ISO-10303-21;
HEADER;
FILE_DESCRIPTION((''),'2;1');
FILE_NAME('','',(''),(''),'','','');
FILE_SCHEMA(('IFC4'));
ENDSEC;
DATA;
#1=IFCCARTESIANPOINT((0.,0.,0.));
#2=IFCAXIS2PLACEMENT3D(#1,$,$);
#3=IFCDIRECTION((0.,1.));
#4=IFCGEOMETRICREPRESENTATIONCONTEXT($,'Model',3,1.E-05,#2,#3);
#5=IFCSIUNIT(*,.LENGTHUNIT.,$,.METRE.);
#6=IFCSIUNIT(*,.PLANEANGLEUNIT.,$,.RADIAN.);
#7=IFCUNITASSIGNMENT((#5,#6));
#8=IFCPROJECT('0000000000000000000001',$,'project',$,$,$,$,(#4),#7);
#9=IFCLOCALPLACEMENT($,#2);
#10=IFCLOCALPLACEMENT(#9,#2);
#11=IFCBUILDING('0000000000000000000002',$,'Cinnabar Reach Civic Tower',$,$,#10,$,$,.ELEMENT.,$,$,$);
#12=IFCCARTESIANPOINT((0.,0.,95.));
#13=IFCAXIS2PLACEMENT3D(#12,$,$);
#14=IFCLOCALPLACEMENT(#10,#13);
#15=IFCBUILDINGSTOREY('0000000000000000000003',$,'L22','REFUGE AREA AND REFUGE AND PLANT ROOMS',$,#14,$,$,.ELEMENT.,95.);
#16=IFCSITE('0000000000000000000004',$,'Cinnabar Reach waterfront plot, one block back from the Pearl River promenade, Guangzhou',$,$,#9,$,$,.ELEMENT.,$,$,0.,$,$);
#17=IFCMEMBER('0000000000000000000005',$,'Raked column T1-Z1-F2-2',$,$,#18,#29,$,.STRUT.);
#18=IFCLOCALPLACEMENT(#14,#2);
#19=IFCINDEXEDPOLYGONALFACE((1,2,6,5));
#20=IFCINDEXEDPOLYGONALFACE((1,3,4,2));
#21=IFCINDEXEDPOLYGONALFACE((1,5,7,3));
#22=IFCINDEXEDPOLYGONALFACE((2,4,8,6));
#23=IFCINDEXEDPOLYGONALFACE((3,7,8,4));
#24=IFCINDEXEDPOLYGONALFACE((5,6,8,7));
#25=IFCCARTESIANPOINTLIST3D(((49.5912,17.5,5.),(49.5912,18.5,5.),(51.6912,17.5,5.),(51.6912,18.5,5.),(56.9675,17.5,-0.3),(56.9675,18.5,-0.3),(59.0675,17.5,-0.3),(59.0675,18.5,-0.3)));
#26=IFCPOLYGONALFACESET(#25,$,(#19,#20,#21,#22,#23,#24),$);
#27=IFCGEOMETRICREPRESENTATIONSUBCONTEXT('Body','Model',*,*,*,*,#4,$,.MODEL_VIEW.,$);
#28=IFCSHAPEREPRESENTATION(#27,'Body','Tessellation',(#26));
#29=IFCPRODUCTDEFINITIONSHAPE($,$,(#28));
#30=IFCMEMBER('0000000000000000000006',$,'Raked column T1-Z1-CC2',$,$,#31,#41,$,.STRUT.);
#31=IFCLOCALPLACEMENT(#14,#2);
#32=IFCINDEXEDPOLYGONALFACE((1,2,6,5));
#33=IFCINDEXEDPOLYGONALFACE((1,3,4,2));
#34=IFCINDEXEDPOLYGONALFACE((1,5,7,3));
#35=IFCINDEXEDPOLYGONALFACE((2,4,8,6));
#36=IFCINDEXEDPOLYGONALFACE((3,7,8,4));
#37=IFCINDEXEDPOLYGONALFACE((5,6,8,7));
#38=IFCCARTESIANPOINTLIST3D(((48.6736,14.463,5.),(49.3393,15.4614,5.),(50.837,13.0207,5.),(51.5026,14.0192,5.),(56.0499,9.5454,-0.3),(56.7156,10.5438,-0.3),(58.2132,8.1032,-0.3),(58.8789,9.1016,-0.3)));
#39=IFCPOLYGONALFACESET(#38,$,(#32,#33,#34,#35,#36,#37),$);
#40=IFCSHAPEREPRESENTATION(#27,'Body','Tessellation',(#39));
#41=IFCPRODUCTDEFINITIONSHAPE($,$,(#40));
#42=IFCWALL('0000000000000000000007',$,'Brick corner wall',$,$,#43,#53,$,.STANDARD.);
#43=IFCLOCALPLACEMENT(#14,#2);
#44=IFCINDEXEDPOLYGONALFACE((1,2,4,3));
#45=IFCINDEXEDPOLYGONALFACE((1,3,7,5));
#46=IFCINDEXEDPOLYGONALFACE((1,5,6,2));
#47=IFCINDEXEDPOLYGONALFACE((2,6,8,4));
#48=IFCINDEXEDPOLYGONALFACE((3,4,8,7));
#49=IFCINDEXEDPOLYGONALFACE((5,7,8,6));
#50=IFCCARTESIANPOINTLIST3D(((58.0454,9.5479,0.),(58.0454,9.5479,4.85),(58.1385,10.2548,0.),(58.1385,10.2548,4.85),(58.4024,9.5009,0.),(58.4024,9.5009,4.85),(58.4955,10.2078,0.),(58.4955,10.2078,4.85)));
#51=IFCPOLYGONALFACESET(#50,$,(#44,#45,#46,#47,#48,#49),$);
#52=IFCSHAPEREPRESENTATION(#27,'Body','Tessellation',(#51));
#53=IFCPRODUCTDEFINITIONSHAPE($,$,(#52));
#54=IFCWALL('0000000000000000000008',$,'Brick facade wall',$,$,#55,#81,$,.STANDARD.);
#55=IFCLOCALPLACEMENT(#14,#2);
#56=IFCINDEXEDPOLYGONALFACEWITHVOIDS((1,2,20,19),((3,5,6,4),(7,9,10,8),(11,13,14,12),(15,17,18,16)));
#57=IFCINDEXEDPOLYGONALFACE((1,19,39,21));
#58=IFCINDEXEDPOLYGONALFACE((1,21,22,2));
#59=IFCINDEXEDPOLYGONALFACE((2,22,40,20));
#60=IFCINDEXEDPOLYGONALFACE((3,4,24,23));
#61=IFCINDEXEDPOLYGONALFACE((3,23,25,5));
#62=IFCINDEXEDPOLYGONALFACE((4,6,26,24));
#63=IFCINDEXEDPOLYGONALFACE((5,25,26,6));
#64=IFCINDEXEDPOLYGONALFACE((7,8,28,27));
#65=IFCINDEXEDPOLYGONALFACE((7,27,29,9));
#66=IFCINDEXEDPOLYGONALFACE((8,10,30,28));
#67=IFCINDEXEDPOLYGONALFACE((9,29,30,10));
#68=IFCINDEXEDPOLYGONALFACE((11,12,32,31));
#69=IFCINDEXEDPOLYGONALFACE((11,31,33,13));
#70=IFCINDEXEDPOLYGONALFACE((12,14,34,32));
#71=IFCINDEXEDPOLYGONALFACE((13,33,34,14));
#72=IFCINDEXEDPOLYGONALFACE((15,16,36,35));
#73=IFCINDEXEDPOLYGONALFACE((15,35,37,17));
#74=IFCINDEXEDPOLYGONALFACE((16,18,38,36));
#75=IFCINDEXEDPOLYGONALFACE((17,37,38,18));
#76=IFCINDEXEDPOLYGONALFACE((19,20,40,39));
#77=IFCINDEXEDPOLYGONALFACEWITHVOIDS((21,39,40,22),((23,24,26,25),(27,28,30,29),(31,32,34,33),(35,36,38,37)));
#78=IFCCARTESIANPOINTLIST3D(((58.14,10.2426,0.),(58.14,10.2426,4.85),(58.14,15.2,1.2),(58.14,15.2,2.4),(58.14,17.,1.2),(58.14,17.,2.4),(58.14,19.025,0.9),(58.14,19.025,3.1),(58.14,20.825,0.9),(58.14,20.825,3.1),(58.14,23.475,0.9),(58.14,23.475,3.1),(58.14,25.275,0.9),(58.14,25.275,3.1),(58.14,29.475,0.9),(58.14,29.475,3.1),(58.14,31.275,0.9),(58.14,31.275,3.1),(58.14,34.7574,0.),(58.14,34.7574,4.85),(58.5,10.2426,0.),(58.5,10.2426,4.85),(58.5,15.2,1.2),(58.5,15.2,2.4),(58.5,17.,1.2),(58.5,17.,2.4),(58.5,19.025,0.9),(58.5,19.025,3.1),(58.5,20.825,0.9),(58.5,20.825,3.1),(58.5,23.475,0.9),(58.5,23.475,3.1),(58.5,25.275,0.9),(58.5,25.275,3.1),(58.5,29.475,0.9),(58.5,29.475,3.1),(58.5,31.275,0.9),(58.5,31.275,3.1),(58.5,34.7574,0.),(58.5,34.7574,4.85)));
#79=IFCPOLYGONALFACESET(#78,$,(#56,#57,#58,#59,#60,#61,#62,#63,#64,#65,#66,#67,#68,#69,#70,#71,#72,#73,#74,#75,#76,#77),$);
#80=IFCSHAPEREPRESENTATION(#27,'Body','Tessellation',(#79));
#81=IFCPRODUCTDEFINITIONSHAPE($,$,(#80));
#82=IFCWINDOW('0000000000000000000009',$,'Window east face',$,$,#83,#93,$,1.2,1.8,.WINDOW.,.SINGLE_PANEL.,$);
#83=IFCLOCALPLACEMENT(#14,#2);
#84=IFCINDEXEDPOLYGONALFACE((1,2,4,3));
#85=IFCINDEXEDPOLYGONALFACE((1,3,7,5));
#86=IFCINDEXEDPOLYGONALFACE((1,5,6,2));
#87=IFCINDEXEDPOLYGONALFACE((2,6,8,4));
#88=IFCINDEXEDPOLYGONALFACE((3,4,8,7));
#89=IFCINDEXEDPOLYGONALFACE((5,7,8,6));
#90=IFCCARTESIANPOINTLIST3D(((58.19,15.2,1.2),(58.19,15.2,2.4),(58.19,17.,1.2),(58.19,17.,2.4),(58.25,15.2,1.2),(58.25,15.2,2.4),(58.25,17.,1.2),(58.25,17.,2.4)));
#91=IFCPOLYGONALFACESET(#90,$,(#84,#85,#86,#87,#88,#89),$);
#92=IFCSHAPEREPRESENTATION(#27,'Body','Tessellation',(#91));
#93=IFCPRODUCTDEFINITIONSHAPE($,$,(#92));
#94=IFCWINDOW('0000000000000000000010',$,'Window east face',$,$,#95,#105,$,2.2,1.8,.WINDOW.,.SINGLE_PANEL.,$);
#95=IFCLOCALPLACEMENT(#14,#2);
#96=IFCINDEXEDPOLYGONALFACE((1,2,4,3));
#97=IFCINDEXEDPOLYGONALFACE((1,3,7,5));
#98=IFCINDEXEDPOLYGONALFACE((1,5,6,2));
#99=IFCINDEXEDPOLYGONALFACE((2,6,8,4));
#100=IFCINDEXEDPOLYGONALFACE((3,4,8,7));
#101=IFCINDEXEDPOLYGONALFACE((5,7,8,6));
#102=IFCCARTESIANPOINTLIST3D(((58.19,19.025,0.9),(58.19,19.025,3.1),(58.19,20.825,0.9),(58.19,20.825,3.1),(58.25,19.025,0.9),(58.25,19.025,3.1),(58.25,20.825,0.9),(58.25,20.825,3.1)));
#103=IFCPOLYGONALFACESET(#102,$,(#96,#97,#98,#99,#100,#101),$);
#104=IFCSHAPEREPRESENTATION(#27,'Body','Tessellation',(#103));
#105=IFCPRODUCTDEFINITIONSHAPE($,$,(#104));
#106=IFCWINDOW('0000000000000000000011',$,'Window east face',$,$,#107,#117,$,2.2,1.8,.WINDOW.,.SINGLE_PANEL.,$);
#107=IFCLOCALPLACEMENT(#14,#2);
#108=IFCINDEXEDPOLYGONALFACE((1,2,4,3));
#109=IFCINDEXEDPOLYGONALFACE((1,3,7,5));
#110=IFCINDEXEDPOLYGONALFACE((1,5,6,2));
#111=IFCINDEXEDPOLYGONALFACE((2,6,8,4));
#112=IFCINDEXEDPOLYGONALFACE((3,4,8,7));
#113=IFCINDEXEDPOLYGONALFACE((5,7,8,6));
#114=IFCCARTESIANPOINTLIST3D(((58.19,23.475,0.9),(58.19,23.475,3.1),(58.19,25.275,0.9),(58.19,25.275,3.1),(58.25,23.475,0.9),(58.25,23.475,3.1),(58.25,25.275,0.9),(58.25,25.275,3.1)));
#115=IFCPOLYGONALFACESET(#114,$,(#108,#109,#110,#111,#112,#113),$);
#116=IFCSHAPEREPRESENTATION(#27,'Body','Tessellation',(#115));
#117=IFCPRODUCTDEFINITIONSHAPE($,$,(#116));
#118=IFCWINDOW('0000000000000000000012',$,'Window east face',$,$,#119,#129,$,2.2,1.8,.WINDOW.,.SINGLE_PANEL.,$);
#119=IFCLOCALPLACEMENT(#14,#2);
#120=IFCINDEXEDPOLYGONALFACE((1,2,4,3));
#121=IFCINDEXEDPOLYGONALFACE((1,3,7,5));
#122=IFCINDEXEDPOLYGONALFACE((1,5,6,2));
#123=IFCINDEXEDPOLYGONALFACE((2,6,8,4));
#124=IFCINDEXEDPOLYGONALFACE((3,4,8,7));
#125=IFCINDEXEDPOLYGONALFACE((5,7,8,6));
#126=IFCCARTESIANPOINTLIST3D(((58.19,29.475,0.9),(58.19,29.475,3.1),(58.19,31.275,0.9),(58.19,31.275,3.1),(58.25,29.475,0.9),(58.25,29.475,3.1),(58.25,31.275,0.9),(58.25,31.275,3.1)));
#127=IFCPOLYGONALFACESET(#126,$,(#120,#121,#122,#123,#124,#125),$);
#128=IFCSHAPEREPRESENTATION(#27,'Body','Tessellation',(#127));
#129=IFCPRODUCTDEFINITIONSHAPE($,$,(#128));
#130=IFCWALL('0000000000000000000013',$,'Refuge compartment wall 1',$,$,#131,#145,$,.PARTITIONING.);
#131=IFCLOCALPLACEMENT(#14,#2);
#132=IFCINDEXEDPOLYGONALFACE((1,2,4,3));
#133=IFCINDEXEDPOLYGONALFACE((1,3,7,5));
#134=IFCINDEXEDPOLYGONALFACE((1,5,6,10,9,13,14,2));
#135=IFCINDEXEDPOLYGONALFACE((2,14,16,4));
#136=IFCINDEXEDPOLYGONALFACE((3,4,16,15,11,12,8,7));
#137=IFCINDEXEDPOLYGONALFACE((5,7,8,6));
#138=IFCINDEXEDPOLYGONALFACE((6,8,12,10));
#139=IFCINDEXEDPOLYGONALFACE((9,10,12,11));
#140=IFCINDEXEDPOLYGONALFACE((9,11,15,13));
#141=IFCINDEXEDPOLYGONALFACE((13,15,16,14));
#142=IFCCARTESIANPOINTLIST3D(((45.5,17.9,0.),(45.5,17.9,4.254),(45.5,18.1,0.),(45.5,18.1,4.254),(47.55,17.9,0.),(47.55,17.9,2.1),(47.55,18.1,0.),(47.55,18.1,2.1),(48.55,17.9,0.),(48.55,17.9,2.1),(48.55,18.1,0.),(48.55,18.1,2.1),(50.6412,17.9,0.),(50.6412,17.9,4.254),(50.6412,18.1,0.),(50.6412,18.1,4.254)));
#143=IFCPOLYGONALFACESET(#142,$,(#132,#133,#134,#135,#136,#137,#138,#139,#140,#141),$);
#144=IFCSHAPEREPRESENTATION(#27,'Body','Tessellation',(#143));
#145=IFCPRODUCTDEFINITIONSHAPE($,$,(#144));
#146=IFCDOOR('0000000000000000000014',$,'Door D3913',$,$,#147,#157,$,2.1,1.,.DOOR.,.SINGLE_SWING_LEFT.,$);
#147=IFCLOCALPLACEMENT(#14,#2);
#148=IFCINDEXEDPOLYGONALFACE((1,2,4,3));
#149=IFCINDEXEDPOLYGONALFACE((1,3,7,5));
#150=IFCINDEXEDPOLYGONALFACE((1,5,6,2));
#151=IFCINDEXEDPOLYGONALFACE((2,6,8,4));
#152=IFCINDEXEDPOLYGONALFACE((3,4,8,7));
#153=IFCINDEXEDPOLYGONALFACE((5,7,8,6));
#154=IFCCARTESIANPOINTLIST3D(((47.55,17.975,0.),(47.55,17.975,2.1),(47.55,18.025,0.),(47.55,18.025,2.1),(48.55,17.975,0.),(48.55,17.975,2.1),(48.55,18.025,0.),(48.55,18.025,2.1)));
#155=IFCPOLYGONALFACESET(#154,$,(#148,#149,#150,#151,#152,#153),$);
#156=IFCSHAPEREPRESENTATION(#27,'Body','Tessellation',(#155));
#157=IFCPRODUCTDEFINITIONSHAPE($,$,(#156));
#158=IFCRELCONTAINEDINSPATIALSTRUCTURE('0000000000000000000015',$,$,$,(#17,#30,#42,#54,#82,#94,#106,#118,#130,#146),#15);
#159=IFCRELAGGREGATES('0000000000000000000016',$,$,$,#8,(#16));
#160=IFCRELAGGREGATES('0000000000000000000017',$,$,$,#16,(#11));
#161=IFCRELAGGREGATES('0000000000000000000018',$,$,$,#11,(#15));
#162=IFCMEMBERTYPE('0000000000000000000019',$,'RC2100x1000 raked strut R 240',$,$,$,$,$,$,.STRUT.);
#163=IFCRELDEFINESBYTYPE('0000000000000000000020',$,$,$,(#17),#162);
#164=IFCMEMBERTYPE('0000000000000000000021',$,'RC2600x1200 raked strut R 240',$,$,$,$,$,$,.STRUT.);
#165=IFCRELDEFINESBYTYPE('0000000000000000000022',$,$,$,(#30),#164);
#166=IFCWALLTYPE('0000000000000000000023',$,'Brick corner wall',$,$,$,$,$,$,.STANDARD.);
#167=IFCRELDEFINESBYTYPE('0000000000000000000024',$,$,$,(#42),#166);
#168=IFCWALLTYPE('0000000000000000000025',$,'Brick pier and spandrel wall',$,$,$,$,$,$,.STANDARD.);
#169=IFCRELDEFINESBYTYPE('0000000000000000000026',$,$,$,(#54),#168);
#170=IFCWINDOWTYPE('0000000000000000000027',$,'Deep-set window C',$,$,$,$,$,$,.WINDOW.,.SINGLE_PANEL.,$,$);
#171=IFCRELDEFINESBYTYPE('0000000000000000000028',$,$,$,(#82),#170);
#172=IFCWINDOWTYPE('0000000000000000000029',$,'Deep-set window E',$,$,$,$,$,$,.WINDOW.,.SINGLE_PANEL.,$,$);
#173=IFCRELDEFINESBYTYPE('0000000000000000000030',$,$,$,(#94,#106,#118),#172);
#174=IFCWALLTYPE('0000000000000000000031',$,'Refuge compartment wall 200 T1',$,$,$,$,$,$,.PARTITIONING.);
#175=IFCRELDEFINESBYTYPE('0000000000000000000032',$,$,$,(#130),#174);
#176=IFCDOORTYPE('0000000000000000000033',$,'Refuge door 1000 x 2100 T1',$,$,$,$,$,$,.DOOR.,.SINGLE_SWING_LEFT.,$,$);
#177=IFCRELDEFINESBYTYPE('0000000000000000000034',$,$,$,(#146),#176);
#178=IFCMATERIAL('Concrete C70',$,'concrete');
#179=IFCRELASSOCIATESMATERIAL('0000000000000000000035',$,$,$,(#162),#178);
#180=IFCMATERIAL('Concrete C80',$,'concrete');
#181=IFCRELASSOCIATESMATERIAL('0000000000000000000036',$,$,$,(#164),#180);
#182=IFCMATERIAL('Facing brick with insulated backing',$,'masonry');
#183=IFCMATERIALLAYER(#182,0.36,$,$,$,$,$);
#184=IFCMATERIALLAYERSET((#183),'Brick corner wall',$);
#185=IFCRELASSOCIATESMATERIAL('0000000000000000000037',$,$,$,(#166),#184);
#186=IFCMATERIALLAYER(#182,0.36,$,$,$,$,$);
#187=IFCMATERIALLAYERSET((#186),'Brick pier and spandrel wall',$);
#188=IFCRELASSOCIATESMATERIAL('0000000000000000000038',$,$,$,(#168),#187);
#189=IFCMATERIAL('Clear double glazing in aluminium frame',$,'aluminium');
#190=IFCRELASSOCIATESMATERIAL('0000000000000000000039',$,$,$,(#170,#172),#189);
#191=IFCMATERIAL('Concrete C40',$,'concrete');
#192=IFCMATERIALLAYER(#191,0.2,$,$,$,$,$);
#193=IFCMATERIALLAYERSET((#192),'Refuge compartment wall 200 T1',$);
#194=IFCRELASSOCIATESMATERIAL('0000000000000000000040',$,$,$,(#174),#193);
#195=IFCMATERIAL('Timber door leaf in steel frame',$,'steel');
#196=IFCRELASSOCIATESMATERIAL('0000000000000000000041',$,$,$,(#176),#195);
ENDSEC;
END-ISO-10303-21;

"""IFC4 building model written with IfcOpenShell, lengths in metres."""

from ifc_helpers import new_model, si_unit, direction, frame, frame_2d, origin, origin_2d, place, context, subcontext, project, spatial, rectangle, extrude, material, layer, layer_set, material_profile, profile_set, type_object, element, fill, save


model = new_model("IFC4")

# Units and contexts
model_context = context("Model", 3, precision=1e-05, world=origin(), true_north=direction((0.0, 1.0)))
body_context = subcontext(model_context, "Body", "Model", "MODEL_VIEW")
ifc_project = project(units=[si_unit("LENGTHUNIT", "METRE"), si_unit("PLANEANGLEUNIT", "RADIAN")], contexts=[model_context])

# Site, building, storey
site_placement = place(None, origin())
site = spatial("IfcSite", under=ifc_project, at=site_placement, Name="Cinnabar Reach waterfront plot, one block back from the Pearl River promenade, Guangzhou", CompositionType="ELEMENT", RefElevation=0.0)
building_placement = place(site_placement, origin())
building = spatial("IfcBuilding", under=site, at=building_placement, Name="Cinnabar Reach Civic Tower", CompositionType="ELEMENT")
storey_placement = place(building_placement, frame((0.0, 0.0, 95.0)))
storey = spatial("IfcBuildingStorey", under=building, at=storey_placement, Name="L22", Description="REFUGE AREA AND REFUGE AND PLANT ROOMS", CompositionType="ELEMENT", Elevation=95.0)

# Shared definitions
ifc_material_1 = material(Name="Concrete C70", Category="concrete")
ifc_material_2 = material(Name="Concrete C80", Category="concrete")

# Members
ifc_material_profile_1 = material_profile(ifc_material_1, rectangle(XDim=2.1, YDim=1.0, at=origin_2d()), Name="RC2100x1000")
ifc_profile_set_1 = profile_set([ifc_material_profile_1], Name="Concrete C70")
member_type_1 = type_object("IfcMemberType", Name="RC2100x1000 raked strut R 240", PredefinedType="STRUT", material=ifc_profile_set_1)
member_1_placement = place(storey_placement, frame((58.0175, 18.0, -0.3), z_axis=(0.0, 0.0, 1.0), x_axis=(-1.0, 0.0, 0.0)))
element("IfcMember", 1, at=member_1_placement, inside=storey, type_object=member_type_1, Name="Raked column T1-Z1-F2-2", PredefinedType="STRUT", context=body_context, shape_type="SweptSolid", body=[
    extrude(rectangle(XDim=2.1, YDim=1.0, at=origin_2d()), origin(), (0.812105, 0.0, 0.583511), 9.0829),
])
ifc_material_profile_2 = material_profile(ifc_material_2, rectangle(XDim=2.6, YDim=1.2, at=origin_2d()), Name="RC2600x1200")
ifc_profile_set_2 = profile_set([ifc_material_profile_2], Name="Concrete C80")
member_type_2 = type_object("IfcMemberType", Name="RC2600x1200 raked strut R 240", PredefinedType="STRUT", material=ifc_profile_set_2)
member_2_placement = place(storey_placement, frame((57.4644, 9.3235, -0.3), z_axis=(0.0, 0.0, 1.0), x_axis=(-0.832051, 0.554699, 0.0)))
element("IfcMember", 2, at=member_2_placement, inside=storey, type_object=member_type_2, Name="Raked column T1-Z1-CC2", PredefinedType="STRUT", context=body_context, shape_type="SweptSolid", body=[
    extrude(rectangle(XDim=2.6, YDim=1.2, at=origin_2d()), origin(), (0.85831, -0.000006, 0.513132), 10.3287),
])

# Wall
ifc_material_3 = material(Name="Facing brick with insulated backing", Category="masonry")
ifc_layer_1 = layer(ifc_material_3, 0.36)
ifc_layer_set_1 = layer_set([ifc_layer_1], Name="Brick corner wall")
wall_type_1 = type_object("IfcWallType", Name="Brick corner wall", PredefinedType="STANDARD", material=ifc_layer_set_1)
wall_1_placement = place(storey_placement, frame((58.2239, 9.5244, 0.0), z_axis=(0.0, 0.0, 1.0), x_axis=(0.130556, 0.991441, 0.0)))
element("IfcWall", 3, at=wall_1_placement, inside=storey, type_object=wall_type_1, Name="Brick corner wall", PredefinedType="STANDARD", context=body_context, shape_type="SweptSolid", body=[
    extrude(rectangle(XDim=0.7131, YDim=0.36, at=frame_2d((0.3565, 0.0))), origin(), (0.0, 0.0, 1.0), 4.85),
])

# Wall, openings, windows
ifc_layer_2 = layer(ifc_material_3, 0.36)
ifc_layer_set_2 = layer_set([ifc_layer_2], Name="Brick pier and spandrel wall")
wall_type_2 = type_object("IfcWallType", Name="Brick pier and spandrel wall", PredefinedType="STANDARD", material=ifc_layer_set_2)
wall_2_placement = place(storey_placement, frame((58.32, 10.2426, 0.0), z_axis=(0.0, 0.0, 1.0), x_axis=(0.0, 1.0, 0.0)))
wall_2 = element("IfcWall", 4, at=wall_2_placement, inside=storey, type_object=wall_type_2, Name="Brick facade wall", PredefinedType="STANDARD", context=body_context, shape_type="SweptSolid", body=[
    extrude(rectangle(XDim=24.5148, YDim=0.36, at=frame_2d((12.2574, 0.0))), origin(), (0.0, 0.0, 1.0), 4.85),
])
opening_1_placement = place(wall_2_placement, frame((4.9574, 0.0, 1.2)))
opening_1 = element("IfcOpeningElement", 5, at=opening_1_placement, cuts=wall_2, PredefinedType="OPENING", context=body_context, shape_type="SweptSolid", body=[
    extrude(rectangle(XDim=1.8, YDim=1.2, at=frame_2d((0.9, 0.6))), frame((0.0, 0.19, 0.0), z_axis=(0.0, -1.0, 0.0), x_axis=(1.0, 0.0, 0.0)), (0.0, 0.0, 1.0), 0.38),
])
opening_2_placement = place(wall_2_placement, frame((8.7824, 0.0, 0.9)))
opening_2 = element("IfcOpeningElement", 6, at=opening_2_placement, cuts=wall_2, PredefinedType="OPENING", context=body_context, shape_type="SweptSolid", body=[
    extrude(rectangle(XDim=1.8, YDim=2.2, at=frame_2d((0.9, 1.1))), frame((0.0, 0.19, 0.0), z_axis=(0.0, -1.0, 0.0), x_axis=(1.0, 0.0, 0.0)), (0.0, 0.0, 1.0), 0.38),
])
opening_3_placement = place(wall_2_placement, frame((13.2324, 0.0, 0.9)))
opening_3 = element("IfcOpeningElement", 7, at=opening_3_placement, cuts=wall_2, PredefinedType="OPENING", context=body_context, shape_type="SweptSolid", body=[
    extrude(rectangle(XDim=1.8, YDim=2.2, at=frame_2d((0.9, 1.1))), frame((0.0, 0.19, 0.0), z_axis=(0.0, -1.0, 0.0), x_axis=(1.0, 0.0, 0.0)), (0.0, 0.0, 1.0), 0.38),
])
opening_4_placement = place(wall_2_placement, frame((19.2324, 0.0, 0.9)))
opening_4 = element("IfcOpeningElement", 8, at=opening_4_placement, cuts=wall_2, PredefinedType="OPENING", context=body_context, shape_type="SweptSolid", body=[
    extrude(rectangle(XDim=1.8, YDim=2.2, at=frame_2d((0.9, 1.1))), frame((0.0, 0.19, 0.0), z_axis=(0.0, -1.0, 0.0), x_axis=(1.0, 0.0, 0.0)), (0.0, 0.0, 1.0), 0.38),
])
ifc_material_4 = material(Name="Clear double glazing in aluminium frame", Category="aluminium")
window_type_1 = type_object("IfcWindowType", Name="Deep-set window C", PartitioningType="SINGLE_PANEL", PredefinedType="WINDOW", material=ifc_material_4)
window_1_placement = place(opening_1_placement, origin())
window_1 = element("IfcWindow", 9, at=window_1_placement, inside=storey, type_object=window_type_1, Name="Window east face", OverallHeight=1.2, OverallWidth=1.8, PartitioningType="SINGLE_PANEL", PredefinedType="WINDOW", context=body_context, shape_type="SweptSolid", body=[
    extrude(rectangle(XDim=1.8, YDim=1.2, at=frame_2d((0.9, 0.6))), frame((0.0, 0.13, 0.0), z_axis=(0.0, -1.0, 0.0), x_axis=(1.0, 0.0, 0.0)), (0.0, 0.0, 1.0), 0.06),
])
fill(opening_1, window_1)
window_type_2 = type_object("IfcWindowType", Name="Deep-set window E", PartitioningType="SINGLE_PANEL", PredefinedType="WINDOW", material=ifc_material_4)
window_2_placement = place(opening_2_placement, origin())
window_2 = element("IfcWindow", 10, at=window_2_placement, inside=storey, type_object=window_type_2, Name="Window east face", OverallHeight=2.2, OverallWidth=1.8, PartitioningType="SINGLE_PANEL", PredefinedType="WINDOW", context=body_context, shape_type="SweptSolid", body=[
    extrude(rectangle(XDim=1.8, YDim=2.2, at=frame_2d((0.9, 1.1))), frame((0.0, 0.13, 0.0), z_axis=(0.0, -1.0, 0.0), x_axis=(1.0, 0.0, 0.0)), (0.0, 0.0, 1.0), 0.06),
])
fill(opening_2, window_2)
window_3_placement = place(opening_3_placement, origin())
window_3 = element("IfcWindow", 11, at=window_3_placement, inside=storey, type_object=window_type_2, Name="Window east face", OverallHeight=2.2, OverallWidth=1.8, PartitioningType="SINGLE_PANEL", PredefinedType="WINDOW", context=body_context, shape_type="SweptSolid", body=[
    extrude(rectangle(XDim=1.8, YDim=2.2, at=frame_2d((0.9, 1.1))), frame((0.0, 0.13, 0.0), z_axis=(0.0, -1.0, 0.0), x_axis=(1.0, 0.0, 0.0)), (0.0, 0.0, 1.0), 0.06),
])
fill(opening_3, window_3)
window_4_placement = place(opening_4_placement, origin())
window_4 = element("IfcWindow", 12, at=window_4_placement, inside=storey, type_object=window_type_2, Name="Window east face", OverallHeight=2.2, OverallWidth=1.8, PartitioningType="SINGLE_PANEL", PredefinedType="WINDOW", context=body_context, shape_type="SweptSolid", body=[
    extrude(rectangle(XDim=1.8, YDim=2.2, at=frame_2d((0.9, 1.1))), frame((0.0, 0.13, 0.0), z_axis=(0.0, -1.0, 0.0), x_axis=(1.0, 0.0, 0.0)), (0.0, 0.0, 1.0), 0.06),
])
fill(opening_4, window_4)

# Wall, opening, door
ifc_material_5 = material(Name="Concrete C40", Category="concrete")
ifc_layer_3 = layer(ifc_material_5, 0.2)
ifc_layer_set_3 = layer_set([ifc_layer_3], Name="Refuge compartment wall 200 T1")
wall_type_3 = type_object("IfcWallType", Name="Refuge compartment wall 200 T1", PredefinedType="PARTITIONING", material=ifc_layer_set_3)
wall_3_placement = place(storey_placement, frame((45.5, 18.0, 0.0), z_axis=(0.0, 0.0, 1.0), x_axis=(1.0, 0.0, 0.0)))
wall_3 = element("IfcWall", 13, at=wall_3_placement, inside=storey, type_object=wall_type_3, Name="Refuge compartment wall 1", PredefinedType="PARTITIONING", context=body_context, shape_type="SweptSolid", body=[
    extrude(rectangle(XDim=5.1412, YDim=0.2, at=frame_2d((2.5706, 0.0))), origin(), (0.0, 0.0, 1.0), 4.254),
])
opening_5_placement = place(wall_3_placement, frame((2.05, 0.0, 0.0)))
opening_5 = element("IfcOpeningElement", 14, at=opening_5_placement, cuts=wall_3, PredefinedType="OPENING", context=body_context, shape_type="SweptSolid", body=[
    extrude(rectangle(XDim=1.0, YDim=2.1, at=frame_2d((0.5, 1.05))), frame((0.0, 0.11, 0.0), z_axis=(0.0, -1.0, 0.0), x_axis=(1.0, 0.0, 0.0)), (0.0, 0.0, 1.0), 0.22),
])
ifc_material_6 = material(Name="Timber door leaf in steel frame", Category="steel")
door_type = type_object("IfcDoorType", Name="Refuge door 1000 x 2100 T1", OperationType="SINGLE_SWING_LEFT", PredefinedType="DOOR", material=ifc_material_6)
door_1_placement = place(opening_5_placement, frame((1.0, 0.0, 0.0), z_axis=(0.0, 0.0, 1.0), x_axis=(-1.0, 0.0, 0.0)))
door_1 = element("IfcDoor", 15, at=door_1_placement, inside=storey, type_object=door_type, Name="Door D3913", OperationType="SINGLE_SWING_LEFT", OverallHeight=2.1, OverallWidth=1.0, PredefinedType="DOOR", context=body_context, shape_type="SweptSolid", body=[
    extrude(rectangle(XDim=1.0, YDim=2.1, at=frame_2d((0.5, 1.05))), frame((0.0, 0.025, 0.0), z_axis=(0.0, -1.0, 0.0), x_axis=(1.0, 0.0, 0.0)), (0.0, 0.0, 1.0), 0.05),
])
fill(opening_5, door_1)

save(model, "model.ifc")
